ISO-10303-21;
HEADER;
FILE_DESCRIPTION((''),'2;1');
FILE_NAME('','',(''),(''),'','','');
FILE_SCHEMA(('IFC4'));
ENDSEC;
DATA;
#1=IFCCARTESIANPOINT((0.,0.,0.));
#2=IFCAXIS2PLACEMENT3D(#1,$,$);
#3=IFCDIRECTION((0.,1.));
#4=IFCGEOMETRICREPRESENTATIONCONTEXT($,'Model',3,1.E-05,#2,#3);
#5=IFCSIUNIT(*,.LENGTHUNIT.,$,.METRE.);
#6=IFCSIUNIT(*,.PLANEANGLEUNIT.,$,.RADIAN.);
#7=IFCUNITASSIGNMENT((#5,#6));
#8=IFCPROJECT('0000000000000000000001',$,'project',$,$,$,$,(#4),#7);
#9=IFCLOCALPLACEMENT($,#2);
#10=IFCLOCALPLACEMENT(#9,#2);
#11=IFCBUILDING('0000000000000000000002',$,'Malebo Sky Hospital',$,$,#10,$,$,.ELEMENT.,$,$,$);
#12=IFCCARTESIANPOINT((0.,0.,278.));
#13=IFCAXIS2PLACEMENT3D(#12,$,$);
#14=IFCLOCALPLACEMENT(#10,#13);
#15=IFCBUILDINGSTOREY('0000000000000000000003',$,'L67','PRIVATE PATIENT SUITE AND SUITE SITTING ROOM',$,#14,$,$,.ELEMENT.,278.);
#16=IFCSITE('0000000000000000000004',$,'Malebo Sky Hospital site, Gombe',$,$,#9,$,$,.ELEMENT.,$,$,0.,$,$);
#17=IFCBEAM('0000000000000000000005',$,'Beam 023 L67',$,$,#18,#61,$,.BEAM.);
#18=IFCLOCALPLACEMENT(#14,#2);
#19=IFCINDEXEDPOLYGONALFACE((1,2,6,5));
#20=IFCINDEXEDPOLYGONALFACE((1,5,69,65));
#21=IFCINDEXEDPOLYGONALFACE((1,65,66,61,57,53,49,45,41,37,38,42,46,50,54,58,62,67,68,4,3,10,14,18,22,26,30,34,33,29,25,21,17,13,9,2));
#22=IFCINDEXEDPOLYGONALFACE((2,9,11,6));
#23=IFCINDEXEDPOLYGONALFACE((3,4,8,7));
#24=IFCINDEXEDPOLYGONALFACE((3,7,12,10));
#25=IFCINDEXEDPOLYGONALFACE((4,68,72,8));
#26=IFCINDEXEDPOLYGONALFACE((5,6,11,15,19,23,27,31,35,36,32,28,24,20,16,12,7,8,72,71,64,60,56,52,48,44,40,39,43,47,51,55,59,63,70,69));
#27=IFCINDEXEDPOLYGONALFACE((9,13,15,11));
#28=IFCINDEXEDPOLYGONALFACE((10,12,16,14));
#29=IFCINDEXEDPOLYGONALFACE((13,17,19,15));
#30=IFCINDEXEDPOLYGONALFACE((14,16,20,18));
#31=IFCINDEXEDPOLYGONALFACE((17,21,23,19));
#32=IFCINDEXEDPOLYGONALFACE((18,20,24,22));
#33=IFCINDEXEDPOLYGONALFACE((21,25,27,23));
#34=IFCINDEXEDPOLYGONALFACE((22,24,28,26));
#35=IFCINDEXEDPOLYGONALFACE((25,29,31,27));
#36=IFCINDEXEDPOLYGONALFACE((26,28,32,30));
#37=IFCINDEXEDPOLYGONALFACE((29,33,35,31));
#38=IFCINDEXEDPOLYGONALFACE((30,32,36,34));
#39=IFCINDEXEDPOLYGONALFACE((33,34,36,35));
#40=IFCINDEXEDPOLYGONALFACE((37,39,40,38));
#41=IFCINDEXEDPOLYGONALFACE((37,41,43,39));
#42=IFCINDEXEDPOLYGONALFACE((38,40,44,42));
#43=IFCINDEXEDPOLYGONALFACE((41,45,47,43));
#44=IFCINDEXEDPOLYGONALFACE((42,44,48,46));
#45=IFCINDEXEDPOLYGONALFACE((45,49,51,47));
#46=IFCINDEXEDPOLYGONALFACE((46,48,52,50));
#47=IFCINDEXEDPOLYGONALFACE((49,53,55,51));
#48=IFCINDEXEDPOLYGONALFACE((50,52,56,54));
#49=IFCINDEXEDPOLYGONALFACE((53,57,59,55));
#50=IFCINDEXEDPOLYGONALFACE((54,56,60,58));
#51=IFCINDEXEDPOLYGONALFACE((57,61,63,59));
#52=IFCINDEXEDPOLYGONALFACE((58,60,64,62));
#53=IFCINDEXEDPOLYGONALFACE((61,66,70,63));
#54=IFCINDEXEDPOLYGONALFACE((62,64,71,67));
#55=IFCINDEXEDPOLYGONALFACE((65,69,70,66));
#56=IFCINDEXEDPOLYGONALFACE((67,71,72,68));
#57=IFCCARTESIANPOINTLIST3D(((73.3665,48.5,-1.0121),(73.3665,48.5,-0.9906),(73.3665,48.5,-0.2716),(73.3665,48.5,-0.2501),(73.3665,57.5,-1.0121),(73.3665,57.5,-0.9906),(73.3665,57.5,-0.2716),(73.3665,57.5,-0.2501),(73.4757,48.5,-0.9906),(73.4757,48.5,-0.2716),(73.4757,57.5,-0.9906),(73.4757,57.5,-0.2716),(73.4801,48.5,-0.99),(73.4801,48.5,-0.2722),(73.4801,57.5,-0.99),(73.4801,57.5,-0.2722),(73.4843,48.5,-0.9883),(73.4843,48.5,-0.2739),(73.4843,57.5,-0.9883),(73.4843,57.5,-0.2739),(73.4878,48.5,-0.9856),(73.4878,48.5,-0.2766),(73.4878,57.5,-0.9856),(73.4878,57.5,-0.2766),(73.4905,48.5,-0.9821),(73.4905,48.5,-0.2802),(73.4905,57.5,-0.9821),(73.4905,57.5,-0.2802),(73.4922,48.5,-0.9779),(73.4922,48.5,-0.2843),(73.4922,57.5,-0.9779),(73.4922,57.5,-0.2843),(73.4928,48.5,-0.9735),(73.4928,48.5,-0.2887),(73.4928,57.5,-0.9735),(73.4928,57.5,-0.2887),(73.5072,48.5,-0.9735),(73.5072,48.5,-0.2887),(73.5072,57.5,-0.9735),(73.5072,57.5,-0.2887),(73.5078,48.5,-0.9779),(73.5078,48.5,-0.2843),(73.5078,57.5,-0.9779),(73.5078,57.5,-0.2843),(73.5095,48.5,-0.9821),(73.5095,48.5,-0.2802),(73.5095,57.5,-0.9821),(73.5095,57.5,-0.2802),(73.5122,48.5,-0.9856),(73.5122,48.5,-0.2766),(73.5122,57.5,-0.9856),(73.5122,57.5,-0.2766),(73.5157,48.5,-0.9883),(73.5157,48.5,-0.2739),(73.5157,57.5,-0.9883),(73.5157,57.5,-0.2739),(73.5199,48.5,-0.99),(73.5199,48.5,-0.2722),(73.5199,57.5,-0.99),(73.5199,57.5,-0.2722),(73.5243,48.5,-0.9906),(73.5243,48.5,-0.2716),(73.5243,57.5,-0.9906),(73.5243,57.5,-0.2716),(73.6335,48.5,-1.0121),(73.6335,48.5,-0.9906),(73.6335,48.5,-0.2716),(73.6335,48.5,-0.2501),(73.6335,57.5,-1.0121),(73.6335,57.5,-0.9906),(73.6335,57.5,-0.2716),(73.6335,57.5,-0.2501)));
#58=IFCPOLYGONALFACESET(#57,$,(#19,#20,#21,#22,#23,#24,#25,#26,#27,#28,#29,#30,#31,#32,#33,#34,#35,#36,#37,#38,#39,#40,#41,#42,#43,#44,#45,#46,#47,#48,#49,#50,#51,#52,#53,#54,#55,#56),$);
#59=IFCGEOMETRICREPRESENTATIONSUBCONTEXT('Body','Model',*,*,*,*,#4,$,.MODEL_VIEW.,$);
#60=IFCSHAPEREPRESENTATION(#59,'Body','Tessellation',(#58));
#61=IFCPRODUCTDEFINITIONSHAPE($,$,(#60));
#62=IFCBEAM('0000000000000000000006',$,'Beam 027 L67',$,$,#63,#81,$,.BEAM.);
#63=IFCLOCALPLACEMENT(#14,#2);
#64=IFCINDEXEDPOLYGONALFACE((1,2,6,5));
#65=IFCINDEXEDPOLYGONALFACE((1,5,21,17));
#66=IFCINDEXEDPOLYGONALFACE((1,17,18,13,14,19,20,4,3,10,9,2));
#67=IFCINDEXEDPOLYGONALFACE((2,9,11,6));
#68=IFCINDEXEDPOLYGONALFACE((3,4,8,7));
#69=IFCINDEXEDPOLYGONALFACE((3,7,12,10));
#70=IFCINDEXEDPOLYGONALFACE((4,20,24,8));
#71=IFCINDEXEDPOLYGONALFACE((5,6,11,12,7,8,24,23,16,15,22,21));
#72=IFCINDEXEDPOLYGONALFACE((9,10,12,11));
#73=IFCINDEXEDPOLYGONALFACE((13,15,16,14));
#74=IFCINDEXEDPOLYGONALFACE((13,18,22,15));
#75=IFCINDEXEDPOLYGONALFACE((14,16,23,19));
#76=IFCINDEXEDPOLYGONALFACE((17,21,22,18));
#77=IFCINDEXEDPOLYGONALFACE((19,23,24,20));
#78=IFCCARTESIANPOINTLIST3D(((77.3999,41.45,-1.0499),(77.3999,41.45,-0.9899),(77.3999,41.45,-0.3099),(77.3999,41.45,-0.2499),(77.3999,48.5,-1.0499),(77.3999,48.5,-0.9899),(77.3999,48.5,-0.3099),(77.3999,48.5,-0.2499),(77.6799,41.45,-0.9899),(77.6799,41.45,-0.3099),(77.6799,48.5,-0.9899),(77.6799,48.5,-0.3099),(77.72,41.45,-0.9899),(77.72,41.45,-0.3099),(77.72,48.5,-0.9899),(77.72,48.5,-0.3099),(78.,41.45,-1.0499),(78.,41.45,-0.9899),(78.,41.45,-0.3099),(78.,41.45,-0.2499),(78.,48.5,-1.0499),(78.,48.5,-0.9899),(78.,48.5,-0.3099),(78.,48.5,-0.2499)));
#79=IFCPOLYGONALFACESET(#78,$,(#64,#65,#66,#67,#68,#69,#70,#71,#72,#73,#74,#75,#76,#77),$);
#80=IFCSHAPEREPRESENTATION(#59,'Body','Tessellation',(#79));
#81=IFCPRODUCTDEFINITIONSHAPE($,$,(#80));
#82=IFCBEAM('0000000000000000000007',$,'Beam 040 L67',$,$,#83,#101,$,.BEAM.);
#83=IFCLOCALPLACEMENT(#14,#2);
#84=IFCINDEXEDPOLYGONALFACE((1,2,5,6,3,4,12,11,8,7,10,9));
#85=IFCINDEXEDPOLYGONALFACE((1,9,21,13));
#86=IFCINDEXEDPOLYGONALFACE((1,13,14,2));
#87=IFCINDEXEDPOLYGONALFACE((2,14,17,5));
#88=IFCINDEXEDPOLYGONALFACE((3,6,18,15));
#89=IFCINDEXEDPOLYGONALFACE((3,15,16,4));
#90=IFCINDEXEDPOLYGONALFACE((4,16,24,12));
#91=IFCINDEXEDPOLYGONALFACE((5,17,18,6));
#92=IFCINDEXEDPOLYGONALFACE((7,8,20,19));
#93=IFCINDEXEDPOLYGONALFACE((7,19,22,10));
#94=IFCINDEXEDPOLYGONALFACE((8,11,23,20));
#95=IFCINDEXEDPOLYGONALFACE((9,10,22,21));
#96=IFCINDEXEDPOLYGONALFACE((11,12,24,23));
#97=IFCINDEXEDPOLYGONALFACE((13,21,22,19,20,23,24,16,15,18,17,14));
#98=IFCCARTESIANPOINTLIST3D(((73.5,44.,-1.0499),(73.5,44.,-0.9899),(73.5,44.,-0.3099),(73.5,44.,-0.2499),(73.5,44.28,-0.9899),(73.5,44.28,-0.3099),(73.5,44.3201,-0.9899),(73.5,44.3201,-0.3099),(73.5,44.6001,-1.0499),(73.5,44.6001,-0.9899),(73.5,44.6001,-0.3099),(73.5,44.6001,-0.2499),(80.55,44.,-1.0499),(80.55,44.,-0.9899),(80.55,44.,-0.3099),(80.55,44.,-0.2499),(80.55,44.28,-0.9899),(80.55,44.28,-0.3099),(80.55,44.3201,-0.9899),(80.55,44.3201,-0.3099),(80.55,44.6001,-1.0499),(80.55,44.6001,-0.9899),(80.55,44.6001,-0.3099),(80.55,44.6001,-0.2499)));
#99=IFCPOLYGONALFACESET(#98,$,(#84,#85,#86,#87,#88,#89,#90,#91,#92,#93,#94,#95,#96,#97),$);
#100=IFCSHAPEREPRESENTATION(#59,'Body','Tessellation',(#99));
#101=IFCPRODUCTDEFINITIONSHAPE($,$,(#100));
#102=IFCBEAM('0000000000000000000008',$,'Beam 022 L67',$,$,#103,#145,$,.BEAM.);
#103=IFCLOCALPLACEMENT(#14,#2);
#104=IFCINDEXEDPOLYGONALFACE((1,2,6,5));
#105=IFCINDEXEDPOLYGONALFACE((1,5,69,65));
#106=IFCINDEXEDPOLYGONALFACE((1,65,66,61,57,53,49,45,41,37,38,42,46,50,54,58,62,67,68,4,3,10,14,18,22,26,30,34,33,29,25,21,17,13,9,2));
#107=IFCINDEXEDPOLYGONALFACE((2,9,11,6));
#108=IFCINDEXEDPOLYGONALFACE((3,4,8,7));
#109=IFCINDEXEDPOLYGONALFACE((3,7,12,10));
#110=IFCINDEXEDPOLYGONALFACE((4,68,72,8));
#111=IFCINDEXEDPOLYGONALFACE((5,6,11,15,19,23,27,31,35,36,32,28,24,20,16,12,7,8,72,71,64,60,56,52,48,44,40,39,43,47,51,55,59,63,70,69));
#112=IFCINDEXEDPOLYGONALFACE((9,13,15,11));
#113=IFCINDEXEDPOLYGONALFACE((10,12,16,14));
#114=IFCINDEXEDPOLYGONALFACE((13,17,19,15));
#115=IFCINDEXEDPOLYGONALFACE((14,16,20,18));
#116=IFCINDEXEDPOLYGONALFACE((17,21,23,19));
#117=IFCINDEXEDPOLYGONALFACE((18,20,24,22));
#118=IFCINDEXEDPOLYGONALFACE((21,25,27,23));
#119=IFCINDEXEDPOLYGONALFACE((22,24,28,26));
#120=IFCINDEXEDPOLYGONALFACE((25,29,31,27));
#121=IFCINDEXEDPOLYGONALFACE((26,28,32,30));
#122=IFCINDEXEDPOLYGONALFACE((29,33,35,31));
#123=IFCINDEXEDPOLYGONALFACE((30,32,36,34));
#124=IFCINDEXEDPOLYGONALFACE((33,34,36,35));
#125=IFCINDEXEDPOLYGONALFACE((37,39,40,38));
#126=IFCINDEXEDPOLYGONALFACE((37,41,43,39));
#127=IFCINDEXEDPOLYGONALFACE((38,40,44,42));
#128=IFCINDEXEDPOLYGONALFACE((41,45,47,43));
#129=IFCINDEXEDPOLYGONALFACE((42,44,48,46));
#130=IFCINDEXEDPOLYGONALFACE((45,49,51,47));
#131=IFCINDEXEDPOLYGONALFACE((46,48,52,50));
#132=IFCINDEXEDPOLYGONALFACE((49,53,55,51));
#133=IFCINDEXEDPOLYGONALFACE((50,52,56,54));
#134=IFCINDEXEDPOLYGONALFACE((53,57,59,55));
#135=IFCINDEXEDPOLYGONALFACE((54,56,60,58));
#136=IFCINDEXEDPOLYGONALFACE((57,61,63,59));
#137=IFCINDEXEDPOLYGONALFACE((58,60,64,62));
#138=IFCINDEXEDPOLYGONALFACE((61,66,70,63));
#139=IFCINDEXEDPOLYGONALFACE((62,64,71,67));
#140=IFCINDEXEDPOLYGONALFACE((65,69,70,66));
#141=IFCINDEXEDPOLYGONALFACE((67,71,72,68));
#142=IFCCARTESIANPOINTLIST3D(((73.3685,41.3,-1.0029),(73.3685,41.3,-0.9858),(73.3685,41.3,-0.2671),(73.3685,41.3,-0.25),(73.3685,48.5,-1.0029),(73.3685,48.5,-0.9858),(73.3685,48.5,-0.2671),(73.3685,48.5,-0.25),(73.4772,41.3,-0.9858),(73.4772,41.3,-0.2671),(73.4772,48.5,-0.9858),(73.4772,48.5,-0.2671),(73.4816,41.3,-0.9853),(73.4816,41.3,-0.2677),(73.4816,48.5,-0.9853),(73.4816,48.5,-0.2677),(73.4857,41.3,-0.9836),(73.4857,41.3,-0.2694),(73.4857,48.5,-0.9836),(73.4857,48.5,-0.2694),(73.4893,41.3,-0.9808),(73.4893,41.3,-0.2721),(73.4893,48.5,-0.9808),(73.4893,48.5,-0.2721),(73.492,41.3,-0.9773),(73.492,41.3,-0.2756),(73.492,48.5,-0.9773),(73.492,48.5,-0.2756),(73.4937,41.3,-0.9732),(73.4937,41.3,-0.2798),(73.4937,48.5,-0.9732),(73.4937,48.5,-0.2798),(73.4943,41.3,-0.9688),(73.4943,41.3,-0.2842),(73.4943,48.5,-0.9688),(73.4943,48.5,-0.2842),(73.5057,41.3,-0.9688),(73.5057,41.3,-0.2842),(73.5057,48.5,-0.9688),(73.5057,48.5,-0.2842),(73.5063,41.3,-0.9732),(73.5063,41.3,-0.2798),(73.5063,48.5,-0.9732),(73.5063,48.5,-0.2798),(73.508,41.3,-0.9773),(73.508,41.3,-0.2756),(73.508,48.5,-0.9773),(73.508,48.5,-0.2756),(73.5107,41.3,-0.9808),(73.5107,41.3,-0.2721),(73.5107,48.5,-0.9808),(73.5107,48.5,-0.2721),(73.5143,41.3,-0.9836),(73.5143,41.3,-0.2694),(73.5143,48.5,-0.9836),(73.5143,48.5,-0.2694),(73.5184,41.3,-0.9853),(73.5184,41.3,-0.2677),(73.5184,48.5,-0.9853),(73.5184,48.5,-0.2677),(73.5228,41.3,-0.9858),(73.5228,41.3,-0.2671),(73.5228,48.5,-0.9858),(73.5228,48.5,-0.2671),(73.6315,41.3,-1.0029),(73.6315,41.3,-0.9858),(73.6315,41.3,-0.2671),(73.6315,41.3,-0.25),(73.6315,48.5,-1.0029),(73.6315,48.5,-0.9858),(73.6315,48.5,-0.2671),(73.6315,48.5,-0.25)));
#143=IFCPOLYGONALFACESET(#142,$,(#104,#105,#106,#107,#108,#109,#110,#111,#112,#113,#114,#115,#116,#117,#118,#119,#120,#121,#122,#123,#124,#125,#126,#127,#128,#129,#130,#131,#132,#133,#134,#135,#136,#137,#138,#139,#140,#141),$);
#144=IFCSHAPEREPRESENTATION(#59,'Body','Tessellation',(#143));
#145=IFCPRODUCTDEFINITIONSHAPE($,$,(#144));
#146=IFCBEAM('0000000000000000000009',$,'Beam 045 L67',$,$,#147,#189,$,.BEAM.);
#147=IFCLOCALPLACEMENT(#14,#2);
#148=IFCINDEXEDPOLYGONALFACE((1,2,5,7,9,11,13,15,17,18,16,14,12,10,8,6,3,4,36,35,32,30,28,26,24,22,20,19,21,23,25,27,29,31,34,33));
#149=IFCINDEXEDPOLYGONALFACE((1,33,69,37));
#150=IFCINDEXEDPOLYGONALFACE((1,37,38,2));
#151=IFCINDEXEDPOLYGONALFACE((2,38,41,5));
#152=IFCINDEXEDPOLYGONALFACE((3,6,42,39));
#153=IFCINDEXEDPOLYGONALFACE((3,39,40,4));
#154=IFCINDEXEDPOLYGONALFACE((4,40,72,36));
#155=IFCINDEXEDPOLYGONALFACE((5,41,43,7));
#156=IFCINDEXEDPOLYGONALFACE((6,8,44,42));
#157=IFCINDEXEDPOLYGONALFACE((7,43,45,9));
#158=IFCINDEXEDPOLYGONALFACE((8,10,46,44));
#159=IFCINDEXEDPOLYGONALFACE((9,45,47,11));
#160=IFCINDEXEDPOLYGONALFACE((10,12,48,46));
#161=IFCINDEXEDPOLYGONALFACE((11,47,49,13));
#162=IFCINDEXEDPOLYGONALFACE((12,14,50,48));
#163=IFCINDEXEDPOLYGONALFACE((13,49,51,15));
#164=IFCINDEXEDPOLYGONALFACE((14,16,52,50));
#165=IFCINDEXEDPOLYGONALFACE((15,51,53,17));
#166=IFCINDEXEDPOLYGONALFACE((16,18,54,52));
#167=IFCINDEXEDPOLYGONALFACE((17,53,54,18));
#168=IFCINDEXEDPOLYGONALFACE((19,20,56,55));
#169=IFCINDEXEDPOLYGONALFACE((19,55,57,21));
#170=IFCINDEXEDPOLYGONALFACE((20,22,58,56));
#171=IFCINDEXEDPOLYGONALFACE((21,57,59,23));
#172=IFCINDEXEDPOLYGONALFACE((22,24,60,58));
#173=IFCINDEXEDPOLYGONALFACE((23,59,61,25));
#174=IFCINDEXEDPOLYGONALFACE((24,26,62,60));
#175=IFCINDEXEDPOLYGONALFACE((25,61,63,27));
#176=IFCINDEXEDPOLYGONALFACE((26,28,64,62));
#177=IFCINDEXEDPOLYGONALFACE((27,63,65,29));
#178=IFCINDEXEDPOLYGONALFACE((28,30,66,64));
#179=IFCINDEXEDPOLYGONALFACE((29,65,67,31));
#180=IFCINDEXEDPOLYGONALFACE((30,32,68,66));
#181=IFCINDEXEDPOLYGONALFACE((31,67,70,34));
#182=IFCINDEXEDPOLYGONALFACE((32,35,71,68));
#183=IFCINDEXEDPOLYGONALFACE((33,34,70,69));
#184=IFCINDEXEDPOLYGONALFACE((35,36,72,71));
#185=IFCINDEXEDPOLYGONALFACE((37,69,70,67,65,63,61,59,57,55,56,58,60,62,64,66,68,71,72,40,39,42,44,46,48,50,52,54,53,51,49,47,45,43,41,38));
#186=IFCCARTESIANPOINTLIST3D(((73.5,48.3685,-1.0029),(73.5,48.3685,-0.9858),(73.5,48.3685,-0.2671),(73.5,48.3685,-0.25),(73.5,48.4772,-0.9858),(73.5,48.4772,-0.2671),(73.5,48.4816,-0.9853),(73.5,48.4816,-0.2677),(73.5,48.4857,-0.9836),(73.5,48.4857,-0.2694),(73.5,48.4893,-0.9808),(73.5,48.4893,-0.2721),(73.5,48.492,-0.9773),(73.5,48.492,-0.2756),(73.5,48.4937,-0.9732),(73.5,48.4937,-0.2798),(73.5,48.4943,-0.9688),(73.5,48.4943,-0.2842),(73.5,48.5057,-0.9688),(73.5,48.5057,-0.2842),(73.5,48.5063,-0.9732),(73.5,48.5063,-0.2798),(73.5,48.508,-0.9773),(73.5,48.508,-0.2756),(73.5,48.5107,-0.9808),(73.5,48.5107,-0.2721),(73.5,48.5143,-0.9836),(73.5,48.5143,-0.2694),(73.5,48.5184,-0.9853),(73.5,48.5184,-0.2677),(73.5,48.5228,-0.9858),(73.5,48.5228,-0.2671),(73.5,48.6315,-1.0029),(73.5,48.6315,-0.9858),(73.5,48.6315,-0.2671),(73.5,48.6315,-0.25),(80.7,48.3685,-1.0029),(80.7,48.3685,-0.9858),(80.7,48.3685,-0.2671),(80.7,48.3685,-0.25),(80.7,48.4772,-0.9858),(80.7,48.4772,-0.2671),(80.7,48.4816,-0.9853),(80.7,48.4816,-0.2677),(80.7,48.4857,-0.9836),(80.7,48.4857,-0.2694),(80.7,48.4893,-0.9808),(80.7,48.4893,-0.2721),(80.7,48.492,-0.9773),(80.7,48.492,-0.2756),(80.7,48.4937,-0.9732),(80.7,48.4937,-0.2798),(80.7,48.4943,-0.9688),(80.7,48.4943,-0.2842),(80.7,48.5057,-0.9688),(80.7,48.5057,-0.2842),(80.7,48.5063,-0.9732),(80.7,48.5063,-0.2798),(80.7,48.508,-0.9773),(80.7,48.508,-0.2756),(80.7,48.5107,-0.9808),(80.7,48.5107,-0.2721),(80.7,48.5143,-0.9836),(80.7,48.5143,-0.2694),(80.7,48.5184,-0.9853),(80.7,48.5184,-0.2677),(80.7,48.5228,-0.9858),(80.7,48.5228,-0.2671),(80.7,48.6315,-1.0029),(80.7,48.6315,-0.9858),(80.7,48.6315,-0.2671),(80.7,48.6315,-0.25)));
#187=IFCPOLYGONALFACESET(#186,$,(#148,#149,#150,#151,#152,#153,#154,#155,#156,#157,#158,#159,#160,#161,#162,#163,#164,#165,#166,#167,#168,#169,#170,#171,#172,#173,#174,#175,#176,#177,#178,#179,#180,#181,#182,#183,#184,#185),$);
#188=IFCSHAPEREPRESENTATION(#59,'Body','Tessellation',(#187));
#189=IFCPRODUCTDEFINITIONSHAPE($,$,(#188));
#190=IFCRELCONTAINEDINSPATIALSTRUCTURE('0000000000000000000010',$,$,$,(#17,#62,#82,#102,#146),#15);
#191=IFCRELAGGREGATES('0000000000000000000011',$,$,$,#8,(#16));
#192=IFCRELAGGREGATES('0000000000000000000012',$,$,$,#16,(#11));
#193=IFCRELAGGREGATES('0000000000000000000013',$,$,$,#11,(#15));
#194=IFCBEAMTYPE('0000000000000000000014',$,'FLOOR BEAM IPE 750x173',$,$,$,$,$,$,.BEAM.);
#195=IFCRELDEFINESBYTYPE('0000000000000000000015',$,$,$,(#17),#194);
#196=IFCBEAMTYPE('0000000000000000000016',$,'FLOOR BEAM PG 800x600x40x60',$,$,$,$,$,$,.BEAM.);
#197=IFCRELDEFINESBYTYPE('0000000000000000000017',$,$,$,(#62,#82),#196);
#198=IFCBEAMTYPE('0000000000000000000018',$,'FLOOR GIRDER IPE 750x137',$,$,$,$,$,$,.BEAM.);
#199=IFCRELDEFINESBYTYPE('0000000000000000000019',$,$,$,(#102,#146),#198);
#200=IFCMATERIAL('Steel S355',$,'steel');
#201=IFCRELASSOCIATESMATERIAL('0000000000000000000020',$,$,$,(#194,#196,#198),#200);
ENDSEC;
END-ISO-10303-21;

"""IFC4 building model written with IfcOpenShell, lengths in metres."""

from ifc_helpers import new_model, si_unit, direction, frame, origin, origin_2d, place, context, subcontext, project, spatial, i_section, extrude, material, material_profile, profile_set, type_object, element, save


model = new_model("IFC4")

# Units and contexts
model_context = context("Model", 3, precision=1e-05, world=origin(), true_north=direction((0.0, 1.0)))
body_context = subcontext(model_context, "Body", "Model", "MODEL_VIEW")
ifc_project = project(units=[si_unit("LENGTHUNIT", "METRE"), si_unit("PLANEANGLEUNIT", "RADIAN")], contexts=[model_context])

# Site, building, storey
site_placement = place(None, origin())
site = spatial("IfcSite", under=ifc_project, at=site_placement, Name="Malebo Sky Hospital site, Gombe", CompositionType="ELEMENT", RefElevation=0.0)
building_placement = place(site_placement, origin())
building = spatial("IfcBuilding", under=site, at=building_placement, Name="Malebo Sky Hospital", CompositionType="ELEMENT")
storey_placement = place(building_placement, frame((0.0, 0.0, 278.0)))
storey = spatial("IfcBuildingStorey", under=building, at=storey_placement, Name="L67", Description="PRIVATE PATIENT SUITE AND SUITE SITTING ROOM", CompositionType="ELEMENT", Elevation=278.0)

# Beams
ifc_material_1 = material(Name="Steel S355", Category="steel")
ifc_material_profile_1 = material_profile(ifc_material_1, i_section(OverallWidth=0.2671, OverallDepth=0.762, WebThickness=0.0144, FlangeThickness=0.0215, FilletRadius=0.0171, at=origin_2d()), Name="IPE 750x173")
ifc_profile_set_1 = profile_set([ifc_material_profile_1], Name="Steel S355")
beam_type_1 = type_object("IfcBeamType", Name="FLOOR BEAM IPE 750x173", PredefinedType="BEAM", material=ifc_profile_set_1)
beam_1_placement = place(storey_placement, frame((73.5, 48.5, -0.6311), z_axis=(0.0, 1.0, 0.0), x_axis=(-1.0, 0.0, 0.0)))
element("IfcBeam", 1, at=beam_1_placement, inside=storey, type_object=beam_type_1, Name="Beam 023 L67", PredefinedType="BEAM", context=body_context, shape_type="SweptSolid", body=[
    extrude(i_section(OverallWidth=0.2671, OverallDepth=0.762, WebThickness=0.0144, FlangeThickness=0.0215, FilletRadius=0.0171, at=origin_2d()), origin(), (0.0, 0.0, 1.0), 9.0),
])
ifc_material_profile_2 = material_profile(ifc_material_1, i_section(OverallWidth=0.6001, OverallDepth=0.8, WebThickness=0.04, FlangeThickness=0.0601, at=origin_2d()), Name="PG 800x600x40x60")
ifc_profile_set_2 = profile_set([ifc_material_profile_2], Name="Steel S355")
beam_type_2 = type_object("IfcBeamType", Name="FLOOR BEAM PG 800x600x40x60", PredefinedType="BEAM", material=ifc_profile_set_2)
for number, where, z_axis, x_axis, name in (
    (2, (77.7, 41.45, -0.6499), (0.0, 1.0, 0.0), (-1.0, 0.0, 0.0), "Beam 027 L67"),
    (3, (73.5, 44.3, -0.6499), (1.0, 0.0, 0.0), (0.0, 1.0, 0.0), "Beam 040 L67"),
):
    element("IfcBeam", number, at=place(storey_placement, frame(where, z_axis=z_axis, x_axis=x_axis)), inside=storey, type_object=beam_type_2, Name=name, PredefinedType="BEAM", context=body_context, shape_type="SweptSolid", body=[
        extrude(i_section(OverallWidth=0.6001, OverallDepth=0.8, WebThickness=0.04, FlangeThickness=0.0601, at=origin_2d()), origin(), (0.0, 0.0, 1.0), 7.05),
    ])
ifc_material_profile_3 = material_profile(ifc_material_1, i_section(OverallWidth=0.2629, OverallDepth=0.7529, WebThickness=0.0115, FlangeThickness=0.0171, FilletRadius=0.0171, at=origin_2d()), Name="IPE 750x137")
ifc_profile_set_3 = profile_set([ifc_material_profile_3], Name="Steel S355")
beam_type_3 = type_object("IfcBeamType", Name="FLOOR GIRDER IPE 750x137", PredefinedType="BEAM", material=ifc_profile_set_3)
for number, where, z_axis, x_axis, name in (
    (4, (73.5, 41.3, -0.6265), (0.0, 1.0, 0.0), (-1.0, 0.0, 0.0), "Beam 022 L67"),
    (5, (73.5, 48.5, -0.6265), (1.0, 0.0, 0.0), (0.0, 1.0, 0.0), "Beam 045 L67"),
):
    element("IfcBeam", number, at=place(storey_placement, frame(where, z_axis=z_axis, x_axis=x_axis)), inside=storey, type_object=beam_type_3, Name=name, PredefinedType="BEAM", context=body_context, shape_type="SweptSolid", body=[
        extrude(i_section(OverallWidth=0.2629, OverallDepth=0.7529, WebThickness=0.0115, FlangeThickness=0.0171, FilletRadius=0.0171, at=origin_2d()), origin(), (0.0, 0.0, 1.0), 7.2),
    ])

save(model, "model.ifc")
